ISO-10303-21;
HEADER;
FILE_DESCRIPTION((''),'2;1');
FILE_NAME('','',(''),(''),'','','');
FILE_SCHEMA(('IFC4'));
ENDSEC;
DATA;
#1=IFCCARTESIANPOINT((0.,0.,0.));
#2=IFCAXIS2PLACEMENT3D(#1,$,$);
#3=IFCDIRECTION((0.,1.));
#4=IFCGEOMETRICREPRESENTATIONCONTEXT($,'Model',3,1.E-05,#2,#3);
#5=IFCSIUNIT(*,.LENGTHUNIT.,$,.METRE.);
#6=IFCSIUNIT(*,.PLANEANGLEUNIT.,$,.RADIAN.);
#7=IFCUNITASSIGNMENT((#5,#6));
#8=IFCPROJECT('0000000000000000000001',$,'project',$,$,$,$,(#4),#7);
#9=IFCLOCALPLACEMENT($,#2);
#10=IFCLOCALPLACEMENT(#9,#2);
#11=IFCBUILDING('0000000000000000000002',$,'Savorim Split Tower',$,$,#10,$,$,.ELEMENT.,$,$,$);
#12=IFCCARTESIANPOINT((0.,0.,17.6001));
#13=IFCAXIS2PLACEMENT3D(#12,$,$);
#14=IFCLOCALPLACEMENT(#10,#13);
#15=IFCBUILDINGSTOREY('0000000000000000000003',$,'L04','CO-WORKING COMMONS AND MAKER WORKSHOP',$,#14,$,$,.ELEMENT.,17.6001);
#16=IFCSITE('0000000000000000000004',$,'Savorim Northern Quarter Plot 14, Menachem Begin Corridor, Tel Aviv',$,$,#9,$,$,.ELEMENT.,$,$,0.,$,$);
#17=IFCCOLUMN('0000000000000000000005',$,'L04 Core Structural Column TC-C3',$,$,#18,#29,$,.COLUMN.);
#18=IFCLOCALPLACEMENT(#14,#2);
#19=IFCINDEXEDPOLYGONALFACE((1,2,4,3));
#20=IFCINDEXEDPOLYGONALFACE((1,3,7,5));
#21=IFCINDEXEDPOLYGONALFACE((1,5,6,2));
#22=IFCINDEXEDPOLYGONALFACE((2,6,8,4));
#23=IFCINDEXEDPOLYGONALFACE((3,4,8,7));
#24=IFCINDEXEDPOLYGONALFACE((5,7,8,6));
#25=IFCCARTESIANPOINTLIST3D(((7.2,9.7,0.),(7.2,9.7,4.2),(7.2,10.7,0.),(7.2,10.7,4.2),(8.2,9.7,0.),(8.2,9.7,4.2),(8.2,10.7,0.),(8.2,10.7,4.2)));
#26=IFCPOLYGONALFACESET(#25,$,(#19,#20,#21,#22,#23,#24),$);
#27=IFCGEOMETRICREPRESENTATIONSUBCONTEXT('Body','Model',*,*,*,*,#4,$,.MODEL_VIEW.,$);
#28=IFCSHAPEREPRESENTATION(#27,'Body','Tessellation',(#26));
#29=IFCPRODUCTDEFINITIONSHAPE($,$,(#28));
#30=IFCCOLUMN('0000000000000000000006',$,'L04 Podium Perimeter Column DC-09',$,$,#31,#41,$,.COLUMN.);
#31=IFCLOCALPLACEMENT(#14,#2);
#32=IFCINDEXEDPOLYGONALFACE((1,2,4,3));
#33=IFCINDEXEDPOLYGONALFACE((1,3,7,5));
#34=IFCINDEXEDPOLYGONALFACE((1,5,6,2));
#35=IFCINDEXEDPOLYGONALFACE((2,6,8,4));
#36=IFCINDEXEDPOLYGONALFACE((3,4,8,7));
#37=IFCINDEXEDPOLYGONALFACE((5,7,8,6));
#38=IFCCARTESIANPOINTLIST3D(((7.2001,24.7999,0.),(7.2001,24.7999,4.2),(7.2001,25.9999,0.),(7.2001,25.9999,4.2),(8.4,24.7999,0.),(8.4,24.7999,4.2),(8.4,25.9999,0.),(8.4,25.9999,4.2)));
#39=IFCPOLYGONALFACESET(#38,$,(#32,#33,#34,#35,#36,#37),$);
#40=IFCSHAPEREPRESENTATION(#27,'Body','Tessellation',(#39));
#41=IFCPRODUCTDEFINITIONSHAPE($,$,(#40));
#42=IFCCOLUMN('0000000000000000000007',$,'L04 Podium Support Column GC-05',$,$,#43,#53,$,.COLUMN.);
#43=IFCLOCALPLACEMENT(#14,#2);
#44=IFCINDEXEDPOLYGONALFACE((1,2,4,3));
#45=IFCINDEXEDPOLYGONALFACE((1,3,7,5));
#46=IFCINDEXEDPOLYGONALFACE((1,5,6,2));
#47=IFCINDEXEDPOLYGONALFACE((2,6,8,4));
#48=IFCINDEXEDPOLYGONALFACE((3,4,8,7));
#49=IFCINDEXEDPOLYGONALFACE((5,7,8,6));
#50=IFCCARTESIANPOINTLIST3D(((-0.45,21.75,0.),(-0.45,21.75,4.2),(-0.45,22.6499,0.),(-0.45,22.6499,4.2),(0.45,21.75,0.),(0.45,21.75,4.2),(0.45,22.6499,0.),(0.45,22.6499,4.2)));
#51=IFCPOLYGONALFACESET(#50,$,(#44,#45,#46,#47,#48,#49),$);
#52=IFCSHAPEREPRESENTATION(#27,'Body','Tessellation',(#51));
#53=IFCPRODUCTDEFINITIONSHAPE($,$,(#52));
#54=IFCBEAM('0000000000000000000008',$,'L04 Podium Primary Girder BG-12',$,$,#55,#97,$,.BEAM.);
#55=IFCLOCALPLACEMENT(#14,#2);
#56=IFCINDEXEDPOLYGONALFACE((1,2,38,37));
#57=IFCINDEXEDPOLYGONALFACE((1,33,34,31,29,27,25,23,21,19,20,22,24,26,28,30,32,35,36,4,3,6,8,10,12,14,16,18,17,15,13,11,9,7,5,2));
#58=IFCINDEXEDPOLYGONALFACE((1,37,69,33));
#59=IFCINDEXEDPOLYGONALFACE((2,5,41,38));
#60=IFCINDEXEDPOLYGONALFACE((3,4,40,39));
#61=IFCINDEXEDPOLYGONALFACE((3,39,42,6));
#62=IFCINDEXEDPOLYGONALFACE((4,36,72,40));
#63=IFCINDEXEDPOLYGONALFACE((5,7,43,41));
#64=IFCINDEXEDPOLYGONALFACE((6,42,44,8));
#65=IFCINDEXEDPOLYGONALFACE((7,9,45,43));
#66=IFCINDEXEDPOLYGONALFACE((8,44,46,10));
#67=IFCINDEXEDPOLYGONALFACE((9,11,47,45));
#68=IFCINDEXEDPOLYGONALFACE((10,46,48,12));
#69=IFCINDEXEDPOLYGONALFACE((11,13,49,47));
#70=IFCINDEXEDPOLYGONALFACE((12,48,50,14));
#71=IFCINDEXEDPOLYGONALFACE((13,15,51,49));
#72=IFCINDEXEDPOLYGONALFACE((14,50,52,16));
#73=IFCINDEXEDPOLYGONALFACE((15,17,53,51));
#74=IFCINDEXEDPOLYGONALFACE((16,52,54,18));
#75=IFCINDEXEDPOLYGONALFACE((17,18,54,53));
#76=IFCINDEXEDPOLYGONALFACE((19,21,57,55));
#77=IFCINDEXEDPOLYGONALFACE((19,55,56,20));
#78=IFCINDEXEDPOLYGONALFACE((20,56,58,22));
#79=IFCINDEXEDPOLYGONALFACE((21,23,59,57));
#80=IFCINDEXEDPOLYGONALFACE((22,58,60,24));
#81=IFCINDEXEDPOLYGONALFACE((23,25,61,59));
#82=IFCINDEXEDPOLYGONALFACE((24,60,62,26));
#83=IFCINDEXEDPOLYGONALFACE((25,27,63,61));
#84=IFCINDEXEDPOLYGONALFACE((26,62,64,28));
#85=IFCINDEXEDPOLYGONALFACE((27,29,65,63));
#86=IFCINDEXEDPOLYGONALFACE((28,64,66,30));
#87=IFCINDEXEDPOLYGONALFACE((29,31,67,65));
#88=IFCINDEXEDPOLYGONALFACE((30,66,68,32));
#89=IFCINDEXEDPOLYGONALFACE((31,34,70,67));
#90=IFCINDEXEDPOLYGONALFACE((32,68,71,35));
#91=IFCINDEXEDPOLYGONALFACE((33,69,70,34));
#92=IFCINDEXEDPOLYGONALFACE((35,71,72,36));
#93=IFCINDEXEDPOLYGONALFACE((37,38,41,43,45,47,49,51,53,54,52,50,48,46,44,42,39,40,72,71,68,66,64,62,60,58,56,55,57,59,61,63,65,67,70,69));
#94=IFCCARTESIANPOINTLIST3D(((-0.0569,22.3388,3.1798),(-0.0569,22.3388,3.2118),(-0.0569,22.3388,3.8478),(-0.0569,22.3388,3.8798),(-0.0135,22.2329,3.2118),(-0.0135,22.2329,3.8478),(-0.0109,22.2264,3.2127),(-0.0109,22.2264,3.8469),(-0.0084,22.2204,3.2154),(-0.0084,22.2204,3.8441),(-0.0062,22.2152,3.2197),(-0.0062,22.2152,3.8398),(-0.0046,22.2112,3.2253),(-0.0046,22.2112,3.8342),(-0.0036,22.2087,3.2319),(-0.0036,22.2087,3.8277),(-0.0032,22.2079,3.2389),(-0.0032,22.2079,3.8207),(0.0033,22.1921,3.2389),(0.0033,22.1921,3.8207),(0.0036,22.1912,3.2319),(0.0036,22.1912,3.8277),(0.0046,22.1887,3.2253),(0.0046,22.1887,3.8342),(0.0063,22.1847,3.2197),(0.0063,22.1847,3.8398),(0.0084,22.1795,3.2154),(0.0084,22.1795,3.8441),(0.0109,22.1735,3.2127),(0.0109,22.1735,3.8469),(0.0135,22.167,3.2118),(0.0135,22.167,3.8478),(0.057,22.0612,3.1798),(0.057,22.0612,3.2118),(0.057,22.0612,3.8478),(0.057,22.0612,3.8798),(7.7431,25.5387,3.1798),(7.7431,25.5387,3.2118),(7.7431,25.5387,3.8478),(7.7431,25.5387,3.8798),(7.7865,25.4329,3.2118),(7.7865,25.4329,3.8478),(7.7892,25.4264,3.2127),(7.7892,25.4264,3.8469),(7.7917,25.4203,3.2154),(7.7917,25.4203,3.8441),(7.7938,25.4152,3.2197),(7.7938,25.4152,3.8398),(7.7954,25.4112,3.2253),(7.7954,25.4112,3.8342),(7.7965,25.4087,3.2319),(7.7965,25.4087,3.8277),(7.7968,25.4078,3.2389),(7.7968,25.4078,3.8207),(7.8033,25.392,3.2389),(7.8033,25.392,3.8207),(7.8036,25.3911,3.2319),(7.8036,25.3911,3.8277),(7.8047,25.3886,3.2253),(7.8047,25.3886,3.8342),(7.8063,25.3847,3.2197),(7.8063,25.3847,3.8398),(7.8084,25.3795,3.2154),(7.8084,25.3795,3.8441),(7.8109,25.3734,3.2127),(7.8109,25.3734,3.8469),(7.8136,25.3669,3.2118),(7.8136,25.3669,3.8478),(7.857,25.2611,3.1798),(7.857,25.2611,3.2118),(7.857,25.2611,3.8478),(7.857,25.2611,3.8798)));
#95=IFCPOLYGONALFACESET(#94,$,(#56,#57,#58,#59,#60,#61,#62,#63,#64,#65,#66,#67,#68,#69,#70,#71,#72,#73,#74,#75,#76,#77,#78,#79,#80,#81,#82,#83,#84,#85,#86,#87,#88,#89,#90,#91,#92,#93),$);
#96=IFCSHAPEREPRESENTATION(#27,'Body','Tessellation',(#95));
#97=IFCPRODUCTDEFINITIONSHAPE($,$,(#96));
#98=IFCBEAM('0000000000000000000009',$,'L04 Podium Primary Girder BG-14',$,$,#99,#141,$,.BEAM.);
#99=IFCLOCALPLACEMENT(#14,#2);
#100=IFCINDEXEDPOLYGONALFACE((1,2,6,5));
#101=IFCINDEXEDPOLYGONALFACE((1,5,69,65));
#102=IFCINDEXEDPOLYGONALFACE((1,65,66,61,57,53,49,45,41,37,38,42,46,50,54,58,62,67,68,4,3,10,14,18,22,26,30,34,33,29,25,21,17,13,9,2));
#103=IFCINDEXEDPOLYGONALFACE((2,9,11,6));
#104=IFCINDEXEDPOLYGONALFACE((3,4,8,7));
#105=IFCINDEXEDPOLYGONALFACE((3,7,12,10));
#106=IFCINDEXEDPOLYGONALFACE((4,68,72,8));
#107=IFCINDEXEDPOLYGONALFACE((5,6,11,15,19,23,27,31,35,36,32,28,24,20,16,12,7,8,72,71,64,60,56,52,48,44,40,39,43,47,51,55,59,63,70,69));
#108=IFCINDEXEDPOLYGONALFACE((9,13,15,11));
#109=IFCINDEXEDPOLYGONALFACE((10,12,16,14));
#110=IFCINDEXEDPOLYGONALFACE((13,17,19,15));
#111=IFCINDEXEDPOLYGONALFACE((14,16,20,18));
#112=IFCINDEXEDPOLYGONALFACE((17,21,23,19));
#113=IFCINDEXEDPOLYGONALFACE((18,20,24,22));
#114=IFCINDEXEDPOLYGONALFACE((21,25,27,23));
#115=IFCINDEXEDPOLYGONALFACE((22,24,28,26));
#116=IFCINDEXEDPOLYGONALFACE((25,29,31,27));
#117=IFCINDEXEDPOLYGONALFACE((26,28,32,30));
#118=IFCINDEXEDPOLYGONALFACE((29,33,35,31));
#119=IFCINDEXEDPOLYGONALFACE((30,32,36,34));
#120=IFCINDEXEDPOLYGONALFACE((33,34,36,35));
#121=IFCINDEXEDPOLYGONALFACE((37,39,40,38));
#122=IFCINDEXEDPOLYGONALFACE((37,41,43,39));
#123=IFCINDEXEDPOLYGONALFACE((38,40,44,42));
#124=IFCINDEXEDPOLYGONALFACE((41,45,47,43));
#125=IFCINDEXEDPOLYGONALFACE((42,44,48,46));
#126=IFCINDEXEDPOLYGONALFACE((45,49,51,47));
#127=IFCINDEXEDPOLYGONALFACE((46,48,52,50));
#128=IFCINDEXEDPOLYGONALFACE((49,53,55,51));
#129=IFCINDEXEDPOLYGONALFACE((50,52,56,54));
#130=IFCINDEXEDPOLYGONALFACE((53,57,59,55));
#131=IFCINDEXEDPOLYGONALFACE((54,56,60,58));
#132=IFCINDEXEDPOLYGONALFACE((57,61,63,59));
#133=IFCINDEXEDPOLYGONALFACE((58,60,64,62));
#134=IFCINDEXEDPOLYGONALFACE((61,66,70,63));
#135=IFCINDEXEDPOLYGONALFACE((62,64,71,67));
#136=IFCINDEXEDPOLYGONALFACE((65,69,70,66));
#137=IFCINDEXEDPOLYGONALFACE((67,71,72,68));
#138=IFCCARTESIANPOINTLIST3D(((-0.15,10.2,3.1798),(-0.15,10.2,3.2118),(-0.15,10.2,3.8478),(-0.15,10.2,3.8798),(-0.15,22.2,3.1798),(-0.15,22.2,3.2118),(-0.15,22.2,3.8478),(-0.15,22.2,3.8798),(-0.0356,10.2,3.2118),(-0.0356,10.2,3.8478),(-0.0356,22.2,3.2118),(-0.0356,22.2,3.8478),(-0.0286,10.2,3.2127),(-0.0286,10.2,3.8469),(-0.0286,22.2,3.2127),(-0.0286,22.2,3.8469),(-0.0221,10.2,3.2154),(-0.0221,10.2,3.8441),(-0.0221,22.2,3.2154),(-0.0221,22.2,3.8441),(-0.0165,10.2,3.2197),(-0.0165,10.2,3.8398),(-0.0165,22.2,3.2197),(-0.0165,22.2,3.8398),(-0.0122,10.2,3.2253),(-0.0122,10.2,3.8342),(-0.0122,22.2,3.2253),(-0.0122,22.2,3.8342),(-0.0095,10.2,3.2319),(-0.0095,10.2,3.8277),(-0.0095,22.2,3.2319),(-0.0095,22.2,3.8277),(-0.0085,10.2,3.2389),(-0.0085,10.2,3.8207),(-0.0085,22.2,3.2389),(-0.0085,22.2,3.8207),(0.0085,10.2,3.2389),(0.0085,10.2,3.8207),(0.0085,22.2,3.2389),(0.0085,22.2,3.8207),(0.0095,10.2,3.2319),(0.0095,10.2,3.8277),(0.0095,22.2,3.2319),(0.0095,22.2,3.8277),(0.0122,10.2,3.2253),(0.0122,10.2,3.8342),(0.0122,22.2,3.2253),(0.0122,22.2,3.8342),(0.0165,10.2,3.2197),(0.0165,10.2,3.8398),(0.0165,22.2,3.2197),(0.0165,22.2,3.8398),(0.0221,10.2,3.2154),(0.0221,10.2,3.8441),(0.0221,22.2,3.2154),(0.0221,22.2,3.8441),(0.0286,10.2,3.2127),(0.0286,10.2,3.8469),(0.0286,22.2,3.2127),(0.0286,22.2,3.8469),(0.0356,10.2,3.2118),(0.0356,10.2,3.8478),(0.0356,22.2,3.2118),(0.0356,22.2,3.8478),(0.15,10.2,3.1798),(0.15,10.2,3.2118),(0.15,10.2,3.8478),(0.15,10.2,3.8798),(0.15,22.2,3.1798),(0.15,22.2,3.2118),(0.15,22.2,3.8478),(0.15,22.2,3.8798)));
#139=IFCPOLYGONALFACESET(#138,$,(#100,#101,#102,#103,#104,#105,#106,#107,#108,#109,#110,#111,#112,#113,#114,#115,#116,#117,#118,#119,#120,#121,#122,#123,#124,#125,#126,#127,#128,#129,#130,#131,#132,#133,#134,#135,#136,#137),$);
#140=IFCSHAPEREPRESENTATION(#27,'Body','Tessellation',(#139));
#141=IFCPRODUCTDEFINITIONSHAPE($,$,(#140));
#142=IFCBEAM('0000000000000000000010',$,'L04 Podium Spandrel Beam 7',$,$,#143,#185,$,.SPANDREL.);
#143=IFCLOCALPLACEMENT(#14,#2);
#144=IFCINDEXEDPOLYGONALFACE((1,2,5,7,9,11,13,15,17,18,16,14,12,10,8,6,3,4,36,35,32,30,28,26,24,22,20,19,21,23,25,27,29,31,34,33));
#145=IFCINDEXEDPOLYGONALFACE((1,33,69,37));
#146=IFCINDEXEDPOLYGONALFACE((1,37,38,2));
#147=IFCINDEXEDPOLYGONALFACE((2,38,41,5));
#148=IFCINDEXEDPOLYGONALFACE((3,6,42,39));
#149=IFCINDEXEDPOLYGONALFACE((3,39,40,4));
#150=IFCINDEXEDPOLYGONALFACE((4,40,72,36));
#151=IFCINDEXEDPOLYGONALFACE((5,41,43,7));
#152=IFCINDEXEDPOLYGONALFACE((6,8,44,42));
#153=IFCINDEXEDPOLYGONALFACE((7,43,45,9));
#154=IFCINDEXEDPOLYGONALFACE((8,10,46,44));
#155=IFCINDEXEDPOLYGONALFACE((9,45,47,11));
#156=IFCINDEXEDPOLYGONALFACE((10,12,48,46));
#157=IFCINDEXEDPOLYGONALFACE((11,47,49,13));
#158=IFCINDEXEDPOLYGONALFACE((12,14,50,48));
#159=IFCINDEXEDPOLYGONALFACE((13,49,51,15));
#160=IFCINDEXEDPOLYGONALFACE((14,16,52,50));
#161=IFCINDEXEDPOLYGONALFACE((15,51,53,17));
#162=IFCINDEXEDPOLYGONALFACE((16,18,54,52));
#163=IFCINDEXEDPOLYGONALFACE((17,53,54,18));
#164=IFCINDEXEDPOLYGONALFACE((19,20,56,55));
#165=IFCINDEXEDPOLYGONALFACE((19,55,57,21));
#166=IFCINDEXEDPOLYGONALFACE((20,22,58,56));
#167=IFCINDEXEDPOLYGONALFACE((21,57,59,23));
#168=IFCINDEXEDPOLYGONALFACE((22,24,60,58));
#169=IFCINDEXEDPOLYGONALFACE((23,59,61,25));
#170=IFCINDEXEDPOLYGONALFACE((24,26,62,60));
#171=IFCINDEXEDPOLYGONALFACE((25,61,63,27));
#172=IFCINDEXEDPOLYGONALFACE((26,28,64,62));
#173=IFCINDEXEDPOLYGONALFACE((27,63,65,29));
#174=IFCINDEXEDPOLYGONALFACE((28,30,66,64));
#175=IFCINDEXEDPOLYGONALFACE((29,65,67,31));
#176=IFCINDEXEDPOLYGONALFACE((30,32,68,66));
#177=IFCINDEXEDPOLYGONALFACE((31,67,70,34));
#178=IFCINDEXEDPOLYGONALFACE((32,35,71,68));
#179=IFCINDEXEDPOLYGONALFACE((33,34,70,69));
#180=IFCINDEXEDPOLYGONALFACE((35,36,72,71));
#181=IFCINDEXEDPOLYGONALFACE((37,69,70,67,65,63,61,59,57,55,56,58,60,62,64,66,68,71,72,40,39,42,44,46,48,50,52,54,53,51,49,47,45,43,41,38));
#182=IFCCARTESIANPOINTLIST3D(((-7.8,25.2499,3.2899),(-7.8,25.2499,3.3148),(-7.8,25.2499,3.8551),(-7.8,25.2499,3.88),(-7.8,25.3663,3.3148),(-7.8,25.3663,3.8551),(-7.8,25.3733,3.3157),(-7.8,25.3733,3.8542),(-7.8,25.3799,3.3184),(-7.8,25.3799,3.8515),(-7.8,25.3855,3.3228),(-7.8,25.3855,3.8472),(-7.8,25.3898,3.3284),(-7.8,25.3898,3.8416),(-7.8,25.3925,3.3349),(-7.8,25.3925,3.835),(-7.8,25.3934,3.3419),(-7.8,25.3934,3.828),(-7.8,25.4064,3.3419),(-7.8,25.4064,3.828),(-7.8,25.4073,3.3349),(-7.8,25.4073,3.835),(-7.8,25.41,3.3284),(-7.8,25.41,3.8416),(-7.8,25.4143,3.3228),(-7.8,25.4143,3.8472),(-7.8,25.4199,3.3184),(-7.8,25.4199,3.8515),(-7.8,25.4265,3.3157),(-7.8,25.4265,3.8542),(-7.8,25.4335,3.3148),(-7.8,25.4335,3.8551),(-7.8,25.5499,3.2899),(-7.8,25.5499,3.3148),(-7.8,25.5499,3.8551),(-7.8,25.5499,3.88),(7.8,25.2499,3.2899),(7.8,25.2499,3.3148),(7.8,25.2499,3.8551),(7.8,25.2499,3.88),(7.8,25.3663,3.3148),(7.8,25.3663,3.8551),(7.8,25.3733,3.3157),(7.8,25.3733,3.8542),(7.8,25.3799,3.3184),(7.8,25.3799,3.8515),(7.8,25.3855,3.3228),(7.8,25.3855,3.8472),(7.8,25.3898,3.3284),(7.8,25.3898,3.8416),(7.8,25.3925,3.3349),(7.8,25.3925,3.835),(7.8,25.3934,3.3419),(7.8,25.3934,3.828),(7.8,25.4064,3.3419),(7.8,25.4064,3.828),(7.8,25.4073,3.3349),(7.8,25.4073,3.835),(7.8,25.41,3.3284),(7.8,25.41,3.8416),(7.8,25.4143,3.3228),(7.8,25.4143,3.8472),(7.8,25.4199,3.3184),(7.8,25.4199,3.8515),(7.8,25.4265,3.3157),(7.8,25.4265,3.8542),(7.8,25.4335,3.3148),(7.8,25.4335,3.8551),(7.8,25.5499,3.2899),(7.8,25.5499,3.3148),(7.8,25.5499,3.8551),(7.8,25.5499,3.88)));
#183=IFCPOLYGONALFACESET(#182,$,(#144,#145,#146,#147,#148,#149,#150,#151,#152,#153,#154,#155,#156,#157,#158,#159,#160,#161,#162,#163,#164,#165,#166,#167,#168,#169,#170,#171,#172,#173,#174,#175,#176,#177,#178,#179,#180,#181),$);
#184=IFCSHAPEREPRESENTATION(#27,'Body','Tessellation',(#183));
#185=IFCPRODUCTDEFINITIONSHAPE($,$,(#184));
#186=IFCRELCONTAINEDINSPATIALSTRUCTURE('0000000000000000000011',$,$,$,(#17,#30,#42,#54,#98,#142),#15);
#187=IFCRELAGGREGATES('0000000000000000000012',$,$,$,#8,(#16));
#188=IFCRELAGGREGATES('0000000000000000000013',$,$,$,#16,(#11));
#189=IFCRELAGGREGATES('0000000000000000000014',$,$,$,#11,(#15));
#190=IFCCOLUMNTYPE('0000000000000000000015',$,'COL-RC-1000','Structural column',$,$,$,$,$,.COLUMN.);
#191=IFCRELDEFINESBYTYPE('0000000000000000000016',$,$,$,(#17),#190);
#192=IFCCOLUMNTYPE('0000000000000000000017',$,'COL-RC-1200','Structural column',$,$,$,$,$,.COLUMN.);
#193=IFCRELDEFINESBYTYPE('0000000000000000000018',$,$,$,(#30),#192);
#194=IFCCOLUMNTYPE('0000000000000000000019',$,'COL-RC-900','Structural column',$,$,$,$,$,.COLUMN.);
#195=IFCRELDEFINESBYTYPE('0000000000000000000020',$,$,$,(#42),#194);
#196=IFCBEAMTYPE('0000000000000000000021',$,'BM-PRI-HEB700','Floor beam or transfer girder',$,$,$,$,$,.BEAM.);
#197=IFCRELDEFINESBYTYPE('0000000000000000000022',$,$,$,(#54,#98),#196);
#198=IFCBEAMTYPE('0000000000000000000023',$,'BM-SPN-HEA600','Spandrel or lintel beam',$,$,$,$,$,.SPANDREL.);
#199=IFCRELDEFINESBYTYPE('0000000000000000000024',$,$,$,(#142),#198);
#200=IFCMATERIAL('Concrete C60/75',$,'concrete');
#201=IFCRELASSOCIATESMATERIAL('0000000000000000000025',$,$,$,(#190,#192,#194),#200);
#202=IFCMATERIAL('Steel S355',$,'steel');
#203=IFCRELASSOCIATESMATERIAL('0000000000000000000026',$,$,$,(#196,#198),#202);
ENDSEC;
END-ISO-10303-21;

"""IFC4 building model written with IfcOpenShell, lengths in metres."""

from ifc_helpers import new_model, si_unit, direction, frame, origin, origin_2d, place, context, subcontext, project, spatial, rectangle, i_section, extrude, material, material_profile, profile_set, type_object, element, save


model = new_model("IFC4")

# Units and contexts
model_context = context("Model", 3, precision=1e-05, world=origin(), true_north=direction((0.0, 1.0)))
body_context = subcontext(model_context, "Body", "Model", "MODEL_VIEW")
ifc_project = project(units=[si_unit("LENGTHUNIT", "METRE"), si_unit("PLANEANGLEUNIT", "RADIAN")], contexts=[model_context])

# Site, building, storey
site_placement = place(None, origin())
site = spatial("IfcSite", under=ifc_project, at=site_placement, Name="Savorim Northern Quarter Plot 14, Menachem Begin Corridor, Tel Aviv", CompositionType="ELEMENT", RefElevation=0.0)
building_placement = place(site_placement, origin())
building = spatial("IfcBuilding", under=site, at=building_placement, Name="Savorim Split Tower", CompositionType="ELEMENT")
storey_placement = place(building_placement, frame((0.0, 0.0, 17.6001)))
storey = spatial("IfcBuildingStorey", under=building, at=storey_placement, Name="L04", Description="CO-WORKING COMMONS AND MAKER WORKSHOP", CompositionType="ELEMENT", Elevation=17.6001)

# Columns
ifc_material_1 = material(Name="Concrete C60/75", Category="concrete")
ifc_material_profile_1 = material_profile(ifc_material_1, rectangle(XDim=1.0, YDim=1.0, at=origin_2d()), Name="RC 1000x1000")
ifc_profile_set_1 = profile_set([ifc_material_profile_1], Name="Concrete C60/75")
column_type_1 = type_object("IfcColumnType", Name="COL-RC-1000", Description="Structural column", PredefinedType="COLUMN", material=ifc_profile_set_1)
column_1_placement = place(storey_placement, frame((7.7, 10.2, 0.0), z_axis=(0.0, 0.0, 1.0), x_axis=(1.0, 0.0, 0.0)))
element("IfcColumn", 1, at=column_1_placement, inside=storey, type_object=column_type_1, Name="L04 Core Structural Column TC-C3", PredefinedType="COLUMN", context=body_context, shape_type="SweptSolid", body=[
    extrude(rectangle(XDim=1.0, YDim=1.0, at=origin_2d()), origin(), (0.0, 0.0, 1.0), 4.2),
])
ifc_material_profile_2 = material_profile(ifc_material_1, rectangle(XDim=1.2, YDim=1.2, at=origin_2d()), Name="RC 1200x1200")
ifc_profile_set_2 = profile_set([ifc_material_profile_2], Name="Concrete C60/75")
column_type_2 = type_object("IfcColumnType", Name="COL-RC-1200", Description="Structural column", PredefinedType="COLUMN", material=ifc_profile_set_2)
column_2_placement = place(storey_placement, frame((7.8, 25.3999, 0.0), z_axis=(0.0, 0.0, 1.0), x_axis=(1.0, 0.0, 0.0)))
element("IfcColumn", 2, at=column_2_placement, inside=storey, type_object=column_type_2, Name="L04 Podium Perimeter Column DC-09", PredefinedType="COLUMN", context=body_context, shape_type="SweptSolid", body=[
    extrude(rectangle(XDim=1.2, YDim=1.2, at=origin_2d()), origin(), (0.0, 0.0, 1.0), 4.2),
])
ifc_material_profile_3 = material_profile(ifc_material_1, rectangle(XDim=0.8999, YDim=0.8999, at=origin_2d()), Name="RC 900x900")
ifc_profile_set_3 = profile_set([ifc_material_profile_3], Name="Concrete C60/75")
column_type_3 = type_object("IfcColumnType", Name="COL-RC-900", Description="Structural column", PredefinedType="COLUMN", material=ifc_profile_set_3)
column_3_placement = place(storey_placement, frame((0.0, 22.2, 0.0), z_axis=(0.0, 0.0, 1.0), x_axis=(1.0, 0.0, 0.0)))
element("IfcColumn", 3, at=column_3_placement, inside=storey, type_object=column_type_3, Name="L04 Podium Support Column GC-05", PredefinedType="COLUMN", context=body_context, shape_type="SweptSolid", body=[
    extrude(rectangle(XDim=0.8999, YDim=0.8999, at=origin_2d()), origin(), (0.0, 0.0, 1.0), 4.2),
])

# Beams
ifc_material_2 = material(Name="Steel S355", Category="steel")
ifc_material_profile_4 = material_profile(ifc_material_2, i_section(OverallWidth=0.3, OverallDepth=0.7, WebThickness=0.0171, FlangeThickness=0.032, FilletRadius=0.0271, at=origin_2d()), Name="HEB 700")
ifc_profile_set_4 = profile_set([ifc_material_profile_4], Name="Steel S355")
beam_type_1 = type_object("IfcBeamType", Name="BM-PRI-HEB700", Description="Floor beam or transfer girder", PredefinedType="BEAM", material=ifc_profile_set_4)
beam_1_placement = place(storey_placement, frame((7.8, 25.3999, 3.5298), z_axis=(-0.925171, -0.379549, 0.0), x_axis=(0.379549, -0.925171, 0.0)))
element("IfcBeam", 4, at=beam_1_placement, inside=storey, type_object=beam_type_1, Name="L04 Podium Primary Girder BG-12", PredefinedType="BEAM", context=body_context, shape_type="SweptSolid", body=[
    extrude(i_section(OverallWidth=0.3, OverallDepth=0.7, WebThickness=0.0171, FlangeThickness=0.032, FilletRadius=0.0271, at=origin_2d()), origin(), (0.0, 0.0, 1.0), 8.4309),
])
beam_2_placement = place(storey_placement, frame((0.0, 22.2, 3.5298), z_axis=(0.0, -1.0, 0.0), x_axis=(1.0, 0.0, 0.0)))
element("IfcBeam", 5, at=beam_2_placement, inside=storey, type_object=beam_type_1, Name="L04 Podium Primary Girder BG-14", PredefinedType="BEAM", context=body_context, shape_type="SweptSolid", body=[
    extrude(i_section(OverallWidth=0.3, OverallDepth=0.7, WebThickness=0.0171, FlangeThickness=0.032, FilletRadius=0.0271, at=origin_2d()), origin(), (0.0, 0.0, 1.0), 12.0),
])
ifc_material_profile_5 = material_profile(ifc_material_2, i_section(OverallWidth=0.3, OverallDepth=0.5901, WebThickness=0.0129, FlangeThickness=0.0249, FilletRadius=0.0271, at=origin_2d()), Name="HEA 600")
ifc_profile_set_5 = profile_set([ifc_material_profile_5], Name="Steel S355")
beam_type_2 = type_object("IfcBeamType", Name="BM-SPN-HEA600", Description="Spandrel or lintel beam", PredefinedType="SPANDREL", material=ifc_profile_set_5)
beam_3_placement = place(storey_placement, frame((7.8, 25.3999, 3.585), z_axis=(-1.0, 0.0, 0.0), x_axis=(0.0, -1.0, 0.0)))
element("IfcBeam", 6, at=beam_3_placement, inside=storey, type_object=beam_type_2, Name="L04 Podium Spandrel Beam 7", PredefinedType="SPANDREL", context=body_context, shape_type="SweptSolid", body=[
    extrude(i_section(OverallWidth=0.3, OverallDepth=0.5901, WebThickness=0.0129, FlangeThickness=0.0249, FilletRadius=0.0271, at=origin_2d()), origin(), (0.0, 0.0, 1.0), 15.6001),
])

save(model, "model.ifc")
